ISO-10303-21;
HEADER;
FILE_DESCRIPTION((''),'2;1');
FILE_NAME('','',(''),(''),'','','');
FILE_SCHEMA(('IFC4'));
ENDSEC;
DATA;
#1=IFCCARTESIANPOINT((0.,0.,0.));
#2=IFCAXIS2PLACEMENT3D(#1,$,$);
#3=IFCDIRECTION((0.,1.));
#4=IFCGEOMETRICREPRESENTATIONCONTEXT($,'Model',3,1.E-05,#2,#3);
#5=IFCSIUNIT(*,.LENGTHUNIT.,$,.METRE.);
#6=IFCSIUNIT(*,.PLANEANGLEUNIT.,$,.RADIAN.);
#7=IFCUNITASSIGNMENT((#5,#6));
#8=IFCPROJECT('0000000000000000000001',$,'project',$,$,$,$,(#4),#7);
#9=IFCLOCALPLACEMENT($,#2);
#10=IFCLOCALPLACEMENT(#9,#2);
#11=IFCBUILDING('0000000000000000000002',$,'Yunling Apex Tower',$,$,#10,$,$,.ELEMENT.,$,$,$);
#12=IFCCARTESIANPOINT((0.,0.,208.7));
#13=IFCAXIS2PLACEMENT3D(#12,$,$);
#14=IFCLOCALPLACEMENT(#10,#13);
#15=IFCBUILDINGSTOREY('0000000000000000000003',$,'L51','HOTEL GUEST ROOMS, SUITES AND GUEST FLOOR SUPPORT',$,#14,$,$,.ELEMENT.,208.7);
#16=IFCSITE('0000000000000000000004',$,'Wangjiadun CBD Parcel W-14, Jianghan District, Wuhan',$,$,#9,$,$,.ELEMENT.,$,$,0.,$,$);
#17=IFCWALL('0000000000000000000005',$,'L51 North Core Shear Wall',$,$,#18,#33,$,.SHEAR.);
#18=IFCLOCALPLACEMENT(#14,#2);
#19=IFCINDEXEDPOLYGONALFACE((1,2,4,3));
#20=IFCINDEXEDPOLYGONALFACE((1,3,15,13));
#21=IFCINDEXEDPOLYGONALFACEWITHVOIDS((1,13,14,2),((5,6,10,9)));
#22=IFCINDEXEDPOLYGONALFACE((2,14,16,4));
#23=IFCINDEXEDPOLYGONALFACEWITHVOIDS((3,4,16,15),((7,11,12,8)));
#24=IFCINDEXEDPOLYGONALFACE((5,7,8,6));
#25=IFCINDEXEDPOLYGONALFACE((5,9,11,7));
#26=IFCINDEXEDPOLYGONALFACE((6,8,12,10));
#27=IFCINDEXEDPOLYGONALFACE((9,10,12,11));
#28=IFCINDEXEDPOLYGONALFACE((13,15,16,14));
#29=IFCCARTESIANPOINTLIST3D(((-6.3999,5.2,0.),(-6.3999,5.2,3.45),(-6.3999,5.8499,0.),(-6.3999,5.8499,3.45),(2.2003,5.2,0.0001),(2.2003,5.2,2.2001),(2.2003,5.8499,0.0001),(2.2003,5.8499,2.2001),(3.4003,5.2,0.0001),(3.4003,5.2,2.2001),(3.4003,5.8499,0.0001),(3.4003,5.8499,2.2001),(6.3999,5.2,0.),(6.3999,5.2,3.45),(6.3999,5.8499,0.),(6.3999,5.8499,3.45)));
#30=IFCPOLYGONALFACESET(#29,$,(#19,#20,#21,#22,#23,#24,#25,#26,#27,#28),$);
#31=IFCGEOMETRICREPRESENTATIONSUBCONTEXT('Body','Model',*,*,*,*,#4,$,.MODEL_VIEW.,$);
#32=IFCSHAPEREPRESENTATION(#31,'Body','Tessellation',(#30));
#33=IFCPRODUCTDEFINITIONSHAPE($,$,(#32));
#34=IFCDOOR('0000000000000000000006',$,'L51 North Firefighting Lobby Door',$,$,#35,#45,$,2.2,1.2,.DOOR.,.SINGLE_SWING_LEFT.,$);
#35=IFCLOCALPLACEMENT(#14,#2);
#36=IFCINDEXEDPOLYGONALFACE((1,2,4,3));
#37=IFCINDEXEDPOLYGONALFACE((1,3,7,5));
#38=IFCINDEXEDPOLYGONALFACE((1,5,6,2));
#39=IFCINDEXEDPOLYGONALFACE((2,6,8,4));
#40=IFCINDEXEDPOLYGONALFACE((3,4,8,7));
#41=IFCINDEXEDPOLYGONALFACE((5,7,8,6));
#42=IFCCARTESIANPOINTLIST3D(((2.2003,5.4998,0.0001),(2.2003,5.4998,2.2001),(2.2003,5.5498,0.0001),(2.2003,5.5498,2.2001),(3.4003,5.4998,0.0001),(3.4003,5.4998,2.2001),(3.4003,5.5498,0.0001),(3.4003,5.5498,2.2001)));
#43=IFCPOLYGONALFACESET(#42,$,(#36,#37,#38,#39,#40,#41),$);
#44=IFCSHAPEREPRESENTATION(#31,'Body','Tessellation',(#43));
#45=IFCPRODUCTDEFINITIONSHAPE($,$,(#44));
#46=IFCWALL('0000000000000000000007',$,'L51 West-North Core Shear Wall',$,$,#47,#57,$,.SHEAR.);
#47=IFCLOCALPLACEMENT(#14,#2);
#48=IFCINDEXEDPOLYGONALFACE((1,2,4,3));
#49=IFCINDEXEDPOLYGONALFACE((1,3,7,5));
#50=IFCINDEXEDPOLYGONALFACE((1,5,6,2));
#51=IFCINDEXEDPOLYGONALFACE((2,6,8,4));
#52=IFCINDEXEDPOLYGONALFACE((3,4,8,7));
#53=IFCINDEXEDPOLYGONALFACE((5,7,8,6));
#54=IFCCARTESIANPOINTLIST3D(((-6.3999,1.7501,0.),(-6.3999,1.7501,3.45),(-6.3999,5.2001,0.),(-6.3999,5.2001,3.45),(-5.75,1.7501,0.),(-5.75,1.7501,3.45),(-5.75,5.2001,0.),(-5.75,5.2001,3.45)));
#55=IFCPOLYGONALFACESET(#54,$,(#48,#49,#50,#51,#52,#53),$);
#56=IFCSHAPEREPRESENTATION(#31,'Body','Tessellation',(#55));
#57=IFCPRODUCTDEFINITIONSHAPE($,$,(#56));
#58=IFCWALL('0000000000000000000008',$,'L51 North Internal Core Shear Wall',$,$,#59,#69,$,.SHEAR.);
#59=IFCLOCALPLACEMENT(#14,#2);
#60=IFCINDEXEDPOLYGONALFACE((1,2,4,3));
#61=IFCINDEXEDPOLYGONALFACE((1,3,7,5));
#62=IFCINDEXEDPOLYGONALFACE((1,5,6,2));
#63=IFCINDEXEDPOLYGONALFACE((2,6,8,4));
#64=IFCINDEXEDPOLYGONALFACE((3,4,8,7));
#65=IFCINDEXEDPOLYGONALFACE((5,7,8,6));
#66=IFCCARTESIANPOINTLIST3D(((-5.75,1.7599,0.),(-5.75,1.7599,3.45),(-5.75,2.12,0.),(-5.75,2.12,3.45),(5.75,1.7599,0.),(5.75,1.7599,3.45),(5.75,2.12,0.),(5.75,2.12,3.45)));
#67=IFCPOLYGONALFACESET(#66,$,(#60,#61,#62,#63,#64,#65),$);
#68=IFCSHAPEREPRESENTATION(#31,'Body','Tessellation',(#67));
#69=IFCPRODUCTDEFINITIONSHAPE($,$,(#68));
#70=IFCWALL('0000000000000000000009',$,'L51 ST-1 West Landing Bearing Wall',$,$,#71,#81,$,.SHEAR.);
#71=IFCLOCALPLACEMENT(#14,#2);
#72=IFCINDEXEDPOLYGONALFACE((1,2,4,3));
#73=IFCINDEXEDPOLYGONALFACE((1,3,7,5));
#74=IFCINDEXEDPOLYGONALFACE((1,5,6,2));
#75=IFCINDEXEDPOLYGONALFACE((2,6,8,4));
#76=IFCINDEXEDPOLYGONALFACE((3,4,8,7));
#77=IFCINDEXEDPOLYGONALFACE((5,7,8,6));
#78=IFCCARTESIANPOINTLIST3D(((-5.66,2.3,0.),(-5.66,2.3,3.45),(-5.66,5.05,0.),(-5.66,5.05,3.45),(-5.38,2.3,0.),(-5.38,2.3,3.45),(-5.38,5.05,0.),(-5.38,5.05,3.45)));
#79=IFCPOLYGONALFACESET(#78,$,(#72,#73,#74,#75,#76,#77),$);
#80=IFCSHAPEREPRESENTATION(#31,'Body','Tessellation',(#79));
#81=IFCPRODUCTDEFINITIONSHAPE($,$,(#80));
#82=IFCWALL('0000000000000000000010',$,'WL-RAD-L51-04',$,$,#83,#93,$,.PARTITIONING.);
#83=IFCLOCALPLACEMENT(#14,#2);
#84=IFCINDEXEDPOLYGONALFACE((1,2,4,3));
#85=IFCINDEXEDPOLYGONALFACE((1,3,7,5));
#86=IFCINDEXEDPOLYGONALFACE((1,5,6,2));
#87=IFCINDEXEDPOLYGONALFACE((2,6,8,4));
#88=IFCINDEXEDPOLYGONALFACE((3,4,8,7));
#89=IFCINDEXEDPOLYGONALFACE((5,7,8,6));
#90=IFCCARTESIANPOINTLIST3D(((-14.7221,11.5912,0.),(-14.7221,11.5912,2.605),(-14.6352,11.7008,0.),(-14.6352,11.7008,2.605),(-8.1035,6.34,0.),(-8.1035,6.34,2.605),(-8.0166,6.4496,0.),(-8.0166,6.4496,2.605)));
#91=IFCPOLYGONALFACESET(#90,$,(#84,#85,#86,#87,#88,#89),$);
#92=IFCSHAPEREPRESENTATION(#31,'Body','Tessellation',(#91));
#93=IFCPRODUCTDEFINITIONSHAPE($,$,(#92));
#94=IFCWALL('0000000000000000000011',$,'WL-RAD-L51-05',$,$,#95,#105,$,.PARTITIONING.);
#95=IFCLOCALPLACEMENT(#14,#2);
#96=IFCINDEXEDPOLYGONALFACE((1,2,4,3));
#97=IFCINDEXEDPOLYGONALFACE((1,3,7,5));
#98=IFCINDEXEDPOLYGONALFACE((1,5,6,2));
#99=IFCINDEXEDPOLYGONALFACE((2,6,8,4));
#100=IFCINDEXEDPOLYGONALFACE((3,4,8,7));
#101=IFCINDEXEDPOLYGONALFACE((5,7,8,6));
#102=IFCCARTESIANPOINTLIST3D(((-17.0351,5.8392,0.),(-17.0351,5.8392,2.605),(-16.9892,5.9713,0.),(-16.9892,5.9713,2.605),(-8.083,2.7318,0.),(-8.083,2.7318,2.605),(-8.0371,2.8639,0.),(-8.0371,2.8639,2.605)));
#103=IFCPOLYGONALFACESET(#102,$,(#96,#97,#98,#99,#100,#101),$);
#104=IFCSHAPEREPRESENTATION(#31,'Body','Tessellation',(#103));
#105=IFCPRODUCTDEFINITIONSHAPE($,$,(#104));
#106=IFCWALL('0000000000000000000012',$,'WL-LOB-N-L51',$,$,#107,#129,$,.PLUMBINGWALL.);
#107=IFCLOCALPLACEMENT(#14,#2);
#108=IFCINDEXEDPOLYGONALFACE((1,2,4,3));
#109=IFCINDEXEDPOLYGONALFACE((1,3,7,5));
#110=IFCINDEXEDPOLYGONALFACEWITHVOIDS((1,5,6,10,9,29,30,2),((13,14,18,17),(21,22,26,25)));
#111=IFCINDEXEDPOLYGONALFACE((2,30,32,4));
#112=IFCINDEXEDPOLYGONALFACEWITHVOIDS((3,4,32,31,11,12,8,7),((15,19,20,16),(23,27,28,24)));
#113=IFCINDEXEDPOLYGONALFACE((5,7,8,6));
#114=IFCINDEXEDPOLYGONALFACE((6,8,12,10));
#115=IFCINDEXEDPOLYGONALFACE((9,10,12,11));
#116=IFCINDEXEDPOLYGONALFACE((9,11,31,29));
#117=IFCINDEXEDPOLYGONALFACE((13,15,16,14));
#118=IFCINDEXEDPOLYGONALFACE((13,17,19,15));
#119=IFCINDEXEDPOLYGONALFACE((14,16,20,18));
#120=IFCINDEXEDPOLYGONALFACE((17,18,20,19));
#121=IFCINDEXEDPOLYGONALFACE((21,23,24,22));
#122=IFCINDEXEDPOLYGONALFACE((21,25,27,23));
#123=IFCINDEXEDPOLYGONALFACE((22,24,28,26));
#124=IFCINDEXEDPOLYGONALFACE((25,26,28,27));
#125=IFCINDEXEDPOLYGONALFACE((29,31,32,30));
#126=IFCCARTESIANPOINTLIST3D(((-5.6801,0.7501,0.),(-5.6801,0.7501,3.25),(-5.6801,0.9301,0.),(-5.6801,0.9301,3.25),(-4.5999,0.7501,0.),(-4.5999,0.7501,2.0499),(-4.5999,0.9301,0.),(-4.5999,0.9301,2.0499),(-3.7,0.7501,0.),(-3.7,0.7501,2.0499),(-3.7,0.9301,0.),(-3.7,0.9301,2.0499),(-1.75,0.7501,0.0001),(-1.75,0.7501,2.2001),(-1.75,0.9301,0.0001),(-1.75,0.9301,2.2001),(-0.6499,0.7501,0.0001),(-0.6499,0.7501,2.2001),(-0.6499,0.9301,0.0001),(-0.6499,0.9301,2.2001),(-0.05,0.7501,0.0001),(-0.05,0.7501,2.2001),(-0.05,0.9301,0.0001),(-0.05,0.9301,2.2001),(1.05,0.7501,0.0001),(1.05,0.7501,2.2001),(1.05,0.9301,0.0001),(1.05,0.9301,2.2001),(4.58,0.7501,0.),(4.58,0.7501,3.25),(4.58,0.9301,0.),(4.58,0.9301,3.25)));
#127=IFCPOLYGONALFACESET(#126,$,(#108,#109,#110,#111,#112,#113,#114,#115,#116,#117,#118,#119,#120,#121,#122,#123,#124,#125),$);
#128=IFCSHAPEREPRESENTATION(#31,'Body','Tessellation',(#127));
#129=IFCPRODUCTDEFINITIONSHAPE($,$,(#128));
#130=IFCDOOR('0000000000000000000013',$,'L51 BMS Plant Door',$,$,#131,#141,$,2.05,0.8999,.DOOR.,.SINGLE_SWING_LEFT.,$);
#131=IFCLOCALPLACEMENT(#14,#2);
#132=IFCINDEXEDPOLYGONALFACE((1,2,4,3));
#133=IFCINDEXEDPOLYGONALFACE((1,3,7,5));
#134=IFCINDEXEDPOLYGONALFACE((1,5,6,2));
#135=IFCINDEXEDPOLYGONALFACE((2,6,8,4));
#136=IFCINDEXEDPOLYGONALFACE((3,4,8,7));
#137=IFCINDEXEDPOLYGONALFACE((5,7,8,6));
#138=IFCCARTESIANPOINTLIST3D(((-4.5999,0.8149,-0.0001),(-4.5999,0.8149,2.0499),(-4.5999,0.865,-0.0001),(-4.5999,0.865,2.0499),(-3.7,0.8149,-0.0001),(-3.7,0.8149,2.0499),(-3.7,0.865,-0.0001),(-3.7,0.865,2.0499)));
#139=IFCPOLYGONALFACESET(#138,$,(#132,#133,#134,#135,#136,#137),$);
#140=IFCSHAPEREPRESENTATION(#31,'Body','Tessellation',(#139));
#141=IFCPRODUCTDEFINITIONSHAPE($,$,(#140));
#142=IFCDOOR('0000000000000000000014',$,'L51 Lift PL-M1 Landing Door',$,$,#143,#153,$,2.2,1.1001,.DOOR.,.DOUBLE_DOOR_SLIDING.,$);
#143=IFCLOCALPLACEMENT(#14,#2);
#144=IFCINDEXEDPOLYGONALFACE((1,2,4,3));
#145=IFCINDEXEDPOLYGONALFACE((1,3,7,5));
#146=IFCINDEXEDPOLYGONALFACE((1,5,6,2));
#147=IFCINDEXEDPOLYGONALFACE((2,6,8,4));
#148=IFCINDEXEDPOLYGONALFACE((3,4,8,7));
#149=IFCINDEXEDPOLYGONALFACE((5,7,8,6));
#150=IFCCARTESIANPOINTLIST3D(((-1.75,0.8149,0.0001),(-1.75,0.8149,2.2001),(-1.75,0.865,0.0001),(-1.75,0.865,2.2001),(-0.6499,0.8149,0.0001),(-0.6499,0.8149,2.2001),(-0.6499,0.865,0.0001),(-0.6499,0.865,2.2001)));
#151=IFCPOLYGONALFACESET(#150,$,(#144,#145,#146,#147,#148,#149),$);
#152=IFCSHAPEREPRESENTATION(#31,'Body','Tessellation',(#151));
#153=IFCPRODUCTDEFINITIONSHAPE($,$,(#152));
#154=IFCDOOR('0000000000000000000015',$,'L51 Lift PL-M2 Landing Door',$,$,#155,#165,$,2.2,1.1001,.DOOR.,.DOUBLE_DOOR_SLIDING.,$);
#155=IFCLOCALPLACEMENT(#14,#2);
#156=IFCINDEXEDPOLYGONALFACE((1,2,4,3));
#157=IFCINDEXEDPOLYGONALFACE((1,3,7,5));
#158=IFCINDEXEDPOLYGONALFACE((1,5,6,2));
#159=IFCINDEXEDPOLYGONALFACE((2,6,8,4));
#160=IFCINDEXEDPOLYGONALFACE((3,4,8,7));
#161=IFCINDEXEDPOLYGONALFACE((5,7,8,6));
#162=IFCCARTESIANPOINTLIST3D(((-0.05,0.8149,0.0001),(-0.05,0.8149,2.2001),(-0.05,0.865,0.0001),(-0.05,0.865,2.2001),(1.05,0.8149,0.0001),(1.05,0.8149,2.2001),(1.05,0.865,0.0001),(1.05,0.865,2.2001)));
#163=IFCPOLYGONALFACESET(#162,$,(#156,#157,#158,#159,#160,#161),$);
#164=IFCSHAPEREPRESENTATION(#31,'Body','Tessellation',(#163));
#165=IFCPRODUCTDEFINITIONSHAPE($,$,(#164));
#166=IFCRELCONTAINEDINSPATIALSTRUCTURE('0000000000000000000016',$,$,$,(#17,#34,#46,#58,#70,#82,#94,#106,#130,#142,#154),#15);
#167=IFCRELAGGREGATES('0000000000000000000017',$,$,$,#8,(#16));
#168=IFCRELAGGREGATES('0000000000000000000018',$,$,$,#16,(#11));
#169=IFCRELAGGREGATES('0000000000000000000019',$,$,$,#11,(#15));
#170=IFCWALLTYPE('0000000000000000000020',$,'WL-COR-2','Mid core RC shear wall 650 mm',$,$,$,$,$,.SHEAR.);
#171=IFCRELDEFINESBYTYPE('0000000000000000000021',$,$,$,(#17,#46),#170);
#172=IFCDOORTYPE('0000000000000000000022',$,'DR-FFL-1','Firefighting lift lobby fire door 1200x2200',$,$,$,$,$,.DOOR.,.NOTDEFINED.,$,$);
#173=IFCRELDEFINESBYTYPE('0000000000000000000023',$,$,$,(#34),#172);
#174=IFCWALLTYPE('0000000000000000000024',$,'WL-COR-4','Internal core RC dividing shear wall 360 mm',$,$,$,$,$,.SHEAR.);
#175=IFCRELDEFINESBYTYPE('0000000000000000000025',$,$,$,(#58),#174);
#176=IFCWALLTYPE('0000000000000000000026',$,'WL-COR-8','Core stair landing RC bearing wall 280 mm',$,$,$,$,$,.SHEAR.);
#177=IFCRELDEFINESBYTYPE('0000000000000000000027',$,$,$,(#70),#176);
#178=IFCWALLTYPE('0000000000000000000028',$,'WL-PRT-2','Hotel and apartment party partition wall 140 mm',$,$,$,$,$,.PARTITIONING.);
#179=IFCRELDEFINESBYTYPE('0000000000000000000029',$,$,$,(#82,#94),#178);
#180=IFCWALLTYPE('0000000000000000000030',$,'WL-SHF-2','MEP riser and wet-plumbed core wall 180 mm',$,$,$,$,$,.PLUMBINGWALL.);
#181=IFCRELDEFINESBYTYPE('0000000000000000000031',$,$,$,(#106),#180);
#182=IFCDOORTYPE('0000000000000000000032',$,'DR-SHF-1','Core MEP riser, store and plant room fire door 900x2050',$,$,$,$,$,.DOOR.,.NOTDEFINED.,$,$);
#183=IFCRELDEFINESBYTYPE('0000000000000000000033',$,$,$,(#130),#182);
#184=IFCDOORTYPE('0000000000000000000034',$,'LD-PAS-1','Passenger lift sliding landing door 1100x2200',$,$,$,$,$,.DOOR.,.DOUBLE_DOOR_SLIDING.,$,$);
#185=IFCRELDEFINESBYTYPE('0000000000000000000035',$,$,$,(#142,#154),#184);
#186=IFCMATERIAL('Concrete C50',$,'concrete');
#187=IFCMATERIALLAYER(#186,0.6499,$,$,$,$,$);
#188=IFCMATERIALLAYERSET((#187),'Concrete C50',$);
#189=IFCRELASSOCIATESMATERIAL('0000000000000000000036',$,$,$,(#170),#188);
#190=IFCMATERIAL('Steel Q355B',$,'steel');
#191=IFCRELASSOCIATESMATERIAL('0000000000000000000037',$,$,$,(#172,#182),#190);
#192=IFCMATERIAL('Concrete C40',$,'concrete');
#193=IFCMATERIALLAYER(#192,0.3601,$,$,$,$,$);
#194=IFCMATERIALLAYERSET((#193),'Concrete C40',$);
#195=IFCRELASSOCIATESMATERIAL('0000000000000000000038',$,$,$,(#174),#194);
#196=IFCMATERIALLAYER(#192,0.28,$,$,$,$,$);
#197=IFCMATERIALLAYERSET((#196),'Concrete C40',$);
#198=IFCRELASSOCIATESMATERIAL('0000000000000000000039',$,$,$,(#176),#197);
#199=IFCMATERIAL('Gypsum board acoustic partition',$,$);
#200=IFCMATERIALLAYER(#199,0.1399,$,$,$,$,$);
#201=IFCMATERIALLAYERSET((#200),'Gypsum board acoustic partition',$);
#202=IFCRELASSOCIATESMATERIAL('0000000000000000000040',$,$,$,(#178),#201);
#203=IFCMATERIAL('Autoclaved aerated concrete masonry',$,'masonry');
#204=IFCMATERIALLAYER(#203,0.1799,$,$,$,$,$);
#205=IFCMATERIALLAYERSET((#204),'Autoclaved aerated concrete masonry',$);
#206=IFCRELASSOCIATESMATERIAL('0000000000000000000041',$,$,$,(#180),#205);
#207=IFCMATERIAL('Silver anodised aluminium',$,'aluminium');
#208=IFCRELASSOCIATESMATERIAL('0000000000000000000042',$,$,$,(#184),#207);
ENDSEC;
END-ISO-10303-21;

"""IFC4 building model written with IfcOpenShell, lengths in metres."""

from ifc_helpers import new_model, si_unit, direction, frame, frame_2d, origin, place, context, subcontext, project, spatial, rectangle, extrude, material, layer, layer_set, type_object, element, fill, save


model = new_model("IFC4")

# Units and contexts
model_context = context("Model", 3, precision=1e-05, world=origin(), true_north=direction((0.0, 1.0)))
body_context = subcontext(model_context, "Body", "Model", "MODEL_VIEW")
ifc_project = project(units=[si_unit("LENGTHUNIT", "METRE"), si_unit("PLANEANGLEUNIT", "RADIAN")], contexts=[model_context])

# Site, building, storey
site_placement = place(None, origin())
site = spatial("IfcSite", under=ifc_project, at=site_placement, Name="Wangjiadun CBD Parcel W-14, Jianghan District, Wuhan", CompositionType="ELEMENT", RefElevation=0.0)
building_placement = place(site_placement, origin())
building = spatial("IfcBuilding", under=site, at=building_placement, Name="Yunling Apex Tower", CompositionType="ELEMENT")
storey_placement = place(building_placement, frame((0.0, 0.0, 208.7)))
storey = spatial("IfcBuildingStorey", under=building, at=storey_placement, Name="L51", Description="HOTEL GUEST ROOMS, SUITES AND GUEST FLOOR SUPPORT", CompositionType="ELEMENT", Elevation=208.7)

# Shared definitions
ifc_material_1 = material(Name="Concrete C50", Category="concrete")

# Shared definitions
ifc_material_2 = material(Name="Steel Q355B", Category="steel")

# Wall, opening, door
ifc_layer_1 = layer(ifc_material_1, 0.6499)
ifc_layer_set_1 = layer_set([ifc_layer_1], Name="Concrete C50")
wall_type_1 = type_object("IfcWallType", Name="WL-COR-2", Description="Mid core RC shear wall 650 mm", PredefinedType="SHEAR", material=ifc_layer_set_1)
wall_1_placement = place(storey_placement, frame((-6.3999, 5.5249, 0.0), z_axis=(0.0, 0.0, 1.0), x_axis=(1.0, 0.0, 0.0)))
wall_1 = element("IfcWall", 1, at=wall_1_placement, inside=storey, type_object=wall_type_1, Name="L51 North Core Shear Wall", PredefinedType="SHEAR", context=body_context, shape_type="SweptSolid", body=[
    extrude(rectangle(XDim=12.7998, YDim=0.6499, at=frame_2d((6.3999, 0.0))), origin(), (0.0, 0.0, 1.0), 3.45),
])
opening_1_placement = place(wall_1_placement, frame((8.6001, 0.0, 0.0)))
opening_1 = element("IfcOpeningElement", 2, at=opening_1_placement, cuts=wall_1, PredefinedType="OPENING", context=body_context, shape_type="SweptSolid", body=[
    extrude(rectangle(XDim=1.2, YDim=2.2, at=frame_2d((0.6001, 1.1001))), frame((0.0, 0.335, 0.0), z_axis=(0.0, -1.0, 0.0), x_axis=(1.0, 0.0, 0.0)), (0.0, 0.0, 1.0), 0.6699),
])
door_type_1 = type_object("IfcDoorType", Name="DR-FFL-1", Description="Firefighting lift lobby fire door 1200x2200", OperationType="NOTDEFINED", PredefinedType="DOOR", material=ifc_material_2)
door_1_placement = place(opening_1_placement, origin())
door_1 = element("IfcDoor", 3, at=door_1_placement, inside=storey, type_object=door_type_1, Name="L51 North Firefighting Lobby Door", OperationType="SINGLE_SWING_LEFT", OverallHeight=2.2, OverallWidth=1.2, PredefinedType="DOOR", context=body_context, shape_type="SweptSolid", body=[
    extrude(rectangle(XDim=1.2, YDim=2.2, at=frame_2d((0.6001, 1.1001))), frame((0.0, 0.0249, 0.0), z_axis=(0.0, -1.0, 0.0), x_axis=(1.0, 0.0, 0.0)), (0.0, 0.0, 1.0), 0.05),
])
fill(opening_1, door_1)

# Walls
wall_2_placement = place(storey_placement, frame((-6.075, 1.75, 0.0), z_axis=(0.0, 0.0, 1.0), x_axis=(0.0, 1.0, 0.0)))
element("IfcWall", 4, at=wall_2_placement, inside=storey, type_object=wall_type_1, Name="L51 West-North Core Shear Wall", PredefinedType="SHEAR", context=body_context, shape_type="SweptSolid", body=[
    extrude(rectangle(XDim=3.45, YDim=0.6499, at=frame_2d((1.7251, 0.0))), origin(), (0.0, 0.0, 1.0), 3.45),
])
ifc_material_3 = material(Name="Concrete C40", Category="concrete")
ifc_layer_2 = layer(ifc_material_3, 0.3601)
ifc_layer_set_2 = layer_set([ifc_layer_2], Name="Concrete C40")
wall_type_2 = type_object("IfcWallType", Name="WL-COR-4", Description="Internal core RC dividing shear wall 360 mm", PredefinedType="SHEAR", material=ifc_layer_set_2)
wall_3_placement = place(storey_placement, frame((-5.75, 1.9399, 0.0), z_axis=(0.0, 0.0, 1.0), x_axis=(1.0, 0.0, 0.0)))
element("IfcWall", 5, at=wall_3_placement, inside=storey, type_object=wall_type_2, Name="L51 North Internal Core Shear Wall", PredefinedType="SHEAR", context=body_context, shape_type="SweptSolid", body=[
    extrude(rectangle(XDim=11.5, YDim=0.3601, at=frame_2d((5.75, 0.0))), origin(), (0.0, 0.0, 1.0), 3.45),
])
ifc_layer_3 = layer(ifc_material_3, 0.28)
ifc_layer_set_3 = layer_set([ifc_layer_3], Name="Concrete C40")
wall_type_3 = type_object("IfcWallType", Name="WL-COR-8", Description="Core stair landing RC bearing wall 280 mm", PredefinedType="SHEAR", material=ifc_layer_set_3)
wall_4_placement = place(storey_placement, frame((-5.52, 2.3, 0.0), z_axis=(0.0, 0.0, 1.0), x_axis=(0.0, 1.0, 0.0)))
element("IfcWall", 6, at=wall_4_placement, inside=storey, type_object=wall_type_3, Name="L51 ST-1 West Landing Bearing Wall", PredefinedType="SHEAR", context=body_context, shape_type="SweptSolid", body=[
    extrude(rectangle(XDim=2.75, YDim=0.28, at=frame_2d((1.375, 0.0))), origin(), (0.0, 0.0, 1.0), 3.45),
])
ifc_material_4 = material(Name="Gypsum board acoustic partition")
ifc_layer_4 = layer(ifc_material_4, 0.1399)
ifc_layer_set_4 = layer_set([ifc_layer_4], Name="Gypsum board acoustic partition")
wall_type_4 = type_object("IfcWallType", Name="WL-PRT-2", Description="Hotel and apartment party partition wall 140 mm", PredefinedType="PARTITIONING", material=ifc_layer_set_4)
wall_5_placement = place(storey_placement, frame((-8.0601, 6.3948, 0.0), z_axis=(0.0, 0.0, 1.0), x_axis=(-0.783386, 0.621536, 0.0)))
element("IfcWall", 7, at=wall_5_placement, inside=storey, type_object=wall_type_4, Name="WL-RAD-L51-04", PredefinedType="PARTITIONING", context=body_context, shape_type="SweptSolid", body=[
    extrude(rectangle(XDim=8.4487, YDim=0.1399, at=frame_2d((4.2244, 0.0))), origin(), (0.0, 0.0, 1.0), 2.605),
])
wall_6_placement = place(storey_placement, frame((-8.0601, 2.7979, 0.0), z_axis=(0.0, 0.0, 1.0), x_axis=(-0.944705, 0.327921, 0.0)))
element("IfcWall", 8, at=wall_6_placement, inside=storey, type_object=wall_type_4, Name="WL-RAD-L51-05", PredefinedType="PARTITIONING", context=body_context, shape_type="SweptSolid", body=[
    extrude(rectangle(XDim=9.4761, YDim=0.1399, at=frame_2d((4.738, 0.0))), origin(), (0.0, 0.0, 1.0), 2.605),
])

# Wall, openings, doors
ifc_material_5 = material(Name="Autoclaved aerated concrete masonry", Category="masonry")
ifc_layer_5 = layer(ifc_material_5, 0.1799)
ifc_layer_set_5 = layer_set([ifc_layer_5], Name="Autoclaved aerated concrete masonry")
wall_type_5 = type_object("IfcWallType", Name="WL-SHF-2", Description="MEP riser and wet-plumbed core wall 180 mm", PredefinedType="PLUMBINGWALL", material=ifc_layer_set_5)
wall_7_placement = place(storey_placement, frame((-5.6799, 0.8401, 0.0), z_axis=(0.0, 0.0, 1.0), x_axis=(1.0, 0.0, 0.0)))
wall_7 = element("IfcWall", 9, at=wall_7_placement, inside=storey, type_object=wall_type_5, Name="WL-LOB-N-L51", PredefinedType="PLUMBINGWALL", context=body_context, shape_type="SweptSolid", body=[
    extrude(rectangle(XDim=10.26, YDim=0.1799, at=frame_2d((5.1299, 0.0))), origin(), (0.0, 0.0, 1.0), 3.25),
])
opening_2_placement = place(wall_7_placement, frame((1.0801, 0.0, 0.0)))
opening_2 = element("IfcOpeningElement", 10, at=opening_2_placement, cuts=wall_7, PredefinedType="OPENING", context=body_context, shape_type="SweptSolid", body=[
    extrude(rectangle(XDim=0.8999, YDim=2.05, at=frame_2d((0.45, 1.0249))), frame((0.0, 0.1001, 0.0), z_axis=(0.0, -1.0, 0.0), x_axis=(1.0, 0.0, 0.0)), (0.0, 0.0, 1.0), 0.2),
])
opening_3_placement = place(wall_7_placement, frame((3.9299, 0.0, 0.0)))
opening_3 = element("IfcOpeningElement", 11, at=opening_3_placement, cuts=wall_7, PredefinedType="OPENING", context=body_context, shape_type="SweptSolid", body=[
    extrude(rectangle(XDim=1.1001, YDim=2.2, at=frame_2d((0.55, 1.1001))), frame((0.0, 0.1001, 0.0), z_axis=(0.0, -1.0, 0.0), x_axis=(1.0, 0.0, 0.0)), (0.0, 0.0, 1.0), 0.2),
])
opening_4_placement = place(wall_7_placement, frame((5.6299, 0.0, 0.0)))
opening_4 = element("IfcOpeningElement", 12, at=opening_4_placement, cuts=wall_7, PredefinedType="OPENING", context=body_context, shape_type="SweptSolid", body=[
    extrude(rectangle(XDim=1.1001, YDim=2.2, at=frame_2d((0.55, 1.1001))), frame((0.0, 0.1001, 0.0), z_axis=(0.0, -1.0, 0.0), x_axis=(1.0, 0.0, 0.0)), (0.0, 0.0, 1.0), 0.2),
])
door_type_2 = type_object("IfcDoorType", Name="DR-SHF-1", Description="Core MEP riser, store and plant room fire door 900x2050", OperationType="NOTDEFINED", PredefinedType="DOOR", material=ifc_material_2)
door_2_placement = place(opening_2_placement, origin())
door_2 = element("IfcDoor", 13, at=door_2_placement, inside=storey, type_object=door_type_2, Name="L51 BMS Plant Door", OperationType="SINGLE_SWING_LEFT", OverallHeight=2.05, OverallWidth=0.8999, PredefinedType="DOOR", context=body_context, shape_type="SweptSolid", body=[
    extrude(rectangle(XDim=0.8999, YDim=2.05, at=frame_2d((0.45, 1.0249))), frame((0.0, 0.0249, 0.0), z_axis=(0.0, -1.0, 0.0), x_axis=(1.0, 0.0, 0.0)), (0.0, 0.0, 1.0), 0.05),
])
fill(opening_2, door_2)
ifc_material_6 = material(Name="Silver anodised aluminium", Category="aluminium")
door_type_3 = type_object("IfcDoorType", Name="LD-PAS-1", Description="Passenger lift sliding landing door 1100x2200", OperationType="DOUBLE_DOOR_SLIDING", PredefinedType="DOOR", material=ifc_material_6)
door_3_placement = place(opening_3_placement, origin())
door_3 = element("IfcDoor", 14, at=door_3_placement, inside=storey, type_object=door_type_3, Name="L51 Lift PL-M1 Landing Door", OperationType="DOUBLE_DOOR_SLIDING", OverallHeight=2.2, OverallWidth=1.1001, PredefinedType="DOOR", context=body_context, shape_type="SweptSolid", body=[
    extrude(rectangle(XDim=1.1001, YDim=2.2, at=frame_2d((0.55, 1.1001))), frame((0.0, 0.0249, 0.0), z_axis=(0.0, -1.0, 0.0), x_axis=(1.0, 0.0, 0.0)), (0.0, 0.0, 1.0), 0.05),
])
fill(opening_3, door_3)
door_4_placement = place(opening_4_placement, origin())
door_4 = element("IfcDoor", 15, at=door_4_placement, inside=storey, type_object=door_type_3, Name="L51 Lift PL-M2 Landing Door", OperationType="DOUBLE_DOOR_SLIDING", OverallHeight=2.2, OverallWidth=1.1001, PredefinedType="DOOR", context=body_context, shape_type="SweptSolid", body=[
    extrude(rectangle(XDim=1.1001, YDim=2.2, at=frame_2d((0.55, 1.1001))), frame((0.0, 0.0249, 0.0), z_axis=(0.0, -1.0, 0.0), x_axis=(1.0, 0.0, 0.0)), (0.0, 0.0, 1.0), 0.05),
])
fill(opening_4, door_4)

save(model, "model.ifc")
